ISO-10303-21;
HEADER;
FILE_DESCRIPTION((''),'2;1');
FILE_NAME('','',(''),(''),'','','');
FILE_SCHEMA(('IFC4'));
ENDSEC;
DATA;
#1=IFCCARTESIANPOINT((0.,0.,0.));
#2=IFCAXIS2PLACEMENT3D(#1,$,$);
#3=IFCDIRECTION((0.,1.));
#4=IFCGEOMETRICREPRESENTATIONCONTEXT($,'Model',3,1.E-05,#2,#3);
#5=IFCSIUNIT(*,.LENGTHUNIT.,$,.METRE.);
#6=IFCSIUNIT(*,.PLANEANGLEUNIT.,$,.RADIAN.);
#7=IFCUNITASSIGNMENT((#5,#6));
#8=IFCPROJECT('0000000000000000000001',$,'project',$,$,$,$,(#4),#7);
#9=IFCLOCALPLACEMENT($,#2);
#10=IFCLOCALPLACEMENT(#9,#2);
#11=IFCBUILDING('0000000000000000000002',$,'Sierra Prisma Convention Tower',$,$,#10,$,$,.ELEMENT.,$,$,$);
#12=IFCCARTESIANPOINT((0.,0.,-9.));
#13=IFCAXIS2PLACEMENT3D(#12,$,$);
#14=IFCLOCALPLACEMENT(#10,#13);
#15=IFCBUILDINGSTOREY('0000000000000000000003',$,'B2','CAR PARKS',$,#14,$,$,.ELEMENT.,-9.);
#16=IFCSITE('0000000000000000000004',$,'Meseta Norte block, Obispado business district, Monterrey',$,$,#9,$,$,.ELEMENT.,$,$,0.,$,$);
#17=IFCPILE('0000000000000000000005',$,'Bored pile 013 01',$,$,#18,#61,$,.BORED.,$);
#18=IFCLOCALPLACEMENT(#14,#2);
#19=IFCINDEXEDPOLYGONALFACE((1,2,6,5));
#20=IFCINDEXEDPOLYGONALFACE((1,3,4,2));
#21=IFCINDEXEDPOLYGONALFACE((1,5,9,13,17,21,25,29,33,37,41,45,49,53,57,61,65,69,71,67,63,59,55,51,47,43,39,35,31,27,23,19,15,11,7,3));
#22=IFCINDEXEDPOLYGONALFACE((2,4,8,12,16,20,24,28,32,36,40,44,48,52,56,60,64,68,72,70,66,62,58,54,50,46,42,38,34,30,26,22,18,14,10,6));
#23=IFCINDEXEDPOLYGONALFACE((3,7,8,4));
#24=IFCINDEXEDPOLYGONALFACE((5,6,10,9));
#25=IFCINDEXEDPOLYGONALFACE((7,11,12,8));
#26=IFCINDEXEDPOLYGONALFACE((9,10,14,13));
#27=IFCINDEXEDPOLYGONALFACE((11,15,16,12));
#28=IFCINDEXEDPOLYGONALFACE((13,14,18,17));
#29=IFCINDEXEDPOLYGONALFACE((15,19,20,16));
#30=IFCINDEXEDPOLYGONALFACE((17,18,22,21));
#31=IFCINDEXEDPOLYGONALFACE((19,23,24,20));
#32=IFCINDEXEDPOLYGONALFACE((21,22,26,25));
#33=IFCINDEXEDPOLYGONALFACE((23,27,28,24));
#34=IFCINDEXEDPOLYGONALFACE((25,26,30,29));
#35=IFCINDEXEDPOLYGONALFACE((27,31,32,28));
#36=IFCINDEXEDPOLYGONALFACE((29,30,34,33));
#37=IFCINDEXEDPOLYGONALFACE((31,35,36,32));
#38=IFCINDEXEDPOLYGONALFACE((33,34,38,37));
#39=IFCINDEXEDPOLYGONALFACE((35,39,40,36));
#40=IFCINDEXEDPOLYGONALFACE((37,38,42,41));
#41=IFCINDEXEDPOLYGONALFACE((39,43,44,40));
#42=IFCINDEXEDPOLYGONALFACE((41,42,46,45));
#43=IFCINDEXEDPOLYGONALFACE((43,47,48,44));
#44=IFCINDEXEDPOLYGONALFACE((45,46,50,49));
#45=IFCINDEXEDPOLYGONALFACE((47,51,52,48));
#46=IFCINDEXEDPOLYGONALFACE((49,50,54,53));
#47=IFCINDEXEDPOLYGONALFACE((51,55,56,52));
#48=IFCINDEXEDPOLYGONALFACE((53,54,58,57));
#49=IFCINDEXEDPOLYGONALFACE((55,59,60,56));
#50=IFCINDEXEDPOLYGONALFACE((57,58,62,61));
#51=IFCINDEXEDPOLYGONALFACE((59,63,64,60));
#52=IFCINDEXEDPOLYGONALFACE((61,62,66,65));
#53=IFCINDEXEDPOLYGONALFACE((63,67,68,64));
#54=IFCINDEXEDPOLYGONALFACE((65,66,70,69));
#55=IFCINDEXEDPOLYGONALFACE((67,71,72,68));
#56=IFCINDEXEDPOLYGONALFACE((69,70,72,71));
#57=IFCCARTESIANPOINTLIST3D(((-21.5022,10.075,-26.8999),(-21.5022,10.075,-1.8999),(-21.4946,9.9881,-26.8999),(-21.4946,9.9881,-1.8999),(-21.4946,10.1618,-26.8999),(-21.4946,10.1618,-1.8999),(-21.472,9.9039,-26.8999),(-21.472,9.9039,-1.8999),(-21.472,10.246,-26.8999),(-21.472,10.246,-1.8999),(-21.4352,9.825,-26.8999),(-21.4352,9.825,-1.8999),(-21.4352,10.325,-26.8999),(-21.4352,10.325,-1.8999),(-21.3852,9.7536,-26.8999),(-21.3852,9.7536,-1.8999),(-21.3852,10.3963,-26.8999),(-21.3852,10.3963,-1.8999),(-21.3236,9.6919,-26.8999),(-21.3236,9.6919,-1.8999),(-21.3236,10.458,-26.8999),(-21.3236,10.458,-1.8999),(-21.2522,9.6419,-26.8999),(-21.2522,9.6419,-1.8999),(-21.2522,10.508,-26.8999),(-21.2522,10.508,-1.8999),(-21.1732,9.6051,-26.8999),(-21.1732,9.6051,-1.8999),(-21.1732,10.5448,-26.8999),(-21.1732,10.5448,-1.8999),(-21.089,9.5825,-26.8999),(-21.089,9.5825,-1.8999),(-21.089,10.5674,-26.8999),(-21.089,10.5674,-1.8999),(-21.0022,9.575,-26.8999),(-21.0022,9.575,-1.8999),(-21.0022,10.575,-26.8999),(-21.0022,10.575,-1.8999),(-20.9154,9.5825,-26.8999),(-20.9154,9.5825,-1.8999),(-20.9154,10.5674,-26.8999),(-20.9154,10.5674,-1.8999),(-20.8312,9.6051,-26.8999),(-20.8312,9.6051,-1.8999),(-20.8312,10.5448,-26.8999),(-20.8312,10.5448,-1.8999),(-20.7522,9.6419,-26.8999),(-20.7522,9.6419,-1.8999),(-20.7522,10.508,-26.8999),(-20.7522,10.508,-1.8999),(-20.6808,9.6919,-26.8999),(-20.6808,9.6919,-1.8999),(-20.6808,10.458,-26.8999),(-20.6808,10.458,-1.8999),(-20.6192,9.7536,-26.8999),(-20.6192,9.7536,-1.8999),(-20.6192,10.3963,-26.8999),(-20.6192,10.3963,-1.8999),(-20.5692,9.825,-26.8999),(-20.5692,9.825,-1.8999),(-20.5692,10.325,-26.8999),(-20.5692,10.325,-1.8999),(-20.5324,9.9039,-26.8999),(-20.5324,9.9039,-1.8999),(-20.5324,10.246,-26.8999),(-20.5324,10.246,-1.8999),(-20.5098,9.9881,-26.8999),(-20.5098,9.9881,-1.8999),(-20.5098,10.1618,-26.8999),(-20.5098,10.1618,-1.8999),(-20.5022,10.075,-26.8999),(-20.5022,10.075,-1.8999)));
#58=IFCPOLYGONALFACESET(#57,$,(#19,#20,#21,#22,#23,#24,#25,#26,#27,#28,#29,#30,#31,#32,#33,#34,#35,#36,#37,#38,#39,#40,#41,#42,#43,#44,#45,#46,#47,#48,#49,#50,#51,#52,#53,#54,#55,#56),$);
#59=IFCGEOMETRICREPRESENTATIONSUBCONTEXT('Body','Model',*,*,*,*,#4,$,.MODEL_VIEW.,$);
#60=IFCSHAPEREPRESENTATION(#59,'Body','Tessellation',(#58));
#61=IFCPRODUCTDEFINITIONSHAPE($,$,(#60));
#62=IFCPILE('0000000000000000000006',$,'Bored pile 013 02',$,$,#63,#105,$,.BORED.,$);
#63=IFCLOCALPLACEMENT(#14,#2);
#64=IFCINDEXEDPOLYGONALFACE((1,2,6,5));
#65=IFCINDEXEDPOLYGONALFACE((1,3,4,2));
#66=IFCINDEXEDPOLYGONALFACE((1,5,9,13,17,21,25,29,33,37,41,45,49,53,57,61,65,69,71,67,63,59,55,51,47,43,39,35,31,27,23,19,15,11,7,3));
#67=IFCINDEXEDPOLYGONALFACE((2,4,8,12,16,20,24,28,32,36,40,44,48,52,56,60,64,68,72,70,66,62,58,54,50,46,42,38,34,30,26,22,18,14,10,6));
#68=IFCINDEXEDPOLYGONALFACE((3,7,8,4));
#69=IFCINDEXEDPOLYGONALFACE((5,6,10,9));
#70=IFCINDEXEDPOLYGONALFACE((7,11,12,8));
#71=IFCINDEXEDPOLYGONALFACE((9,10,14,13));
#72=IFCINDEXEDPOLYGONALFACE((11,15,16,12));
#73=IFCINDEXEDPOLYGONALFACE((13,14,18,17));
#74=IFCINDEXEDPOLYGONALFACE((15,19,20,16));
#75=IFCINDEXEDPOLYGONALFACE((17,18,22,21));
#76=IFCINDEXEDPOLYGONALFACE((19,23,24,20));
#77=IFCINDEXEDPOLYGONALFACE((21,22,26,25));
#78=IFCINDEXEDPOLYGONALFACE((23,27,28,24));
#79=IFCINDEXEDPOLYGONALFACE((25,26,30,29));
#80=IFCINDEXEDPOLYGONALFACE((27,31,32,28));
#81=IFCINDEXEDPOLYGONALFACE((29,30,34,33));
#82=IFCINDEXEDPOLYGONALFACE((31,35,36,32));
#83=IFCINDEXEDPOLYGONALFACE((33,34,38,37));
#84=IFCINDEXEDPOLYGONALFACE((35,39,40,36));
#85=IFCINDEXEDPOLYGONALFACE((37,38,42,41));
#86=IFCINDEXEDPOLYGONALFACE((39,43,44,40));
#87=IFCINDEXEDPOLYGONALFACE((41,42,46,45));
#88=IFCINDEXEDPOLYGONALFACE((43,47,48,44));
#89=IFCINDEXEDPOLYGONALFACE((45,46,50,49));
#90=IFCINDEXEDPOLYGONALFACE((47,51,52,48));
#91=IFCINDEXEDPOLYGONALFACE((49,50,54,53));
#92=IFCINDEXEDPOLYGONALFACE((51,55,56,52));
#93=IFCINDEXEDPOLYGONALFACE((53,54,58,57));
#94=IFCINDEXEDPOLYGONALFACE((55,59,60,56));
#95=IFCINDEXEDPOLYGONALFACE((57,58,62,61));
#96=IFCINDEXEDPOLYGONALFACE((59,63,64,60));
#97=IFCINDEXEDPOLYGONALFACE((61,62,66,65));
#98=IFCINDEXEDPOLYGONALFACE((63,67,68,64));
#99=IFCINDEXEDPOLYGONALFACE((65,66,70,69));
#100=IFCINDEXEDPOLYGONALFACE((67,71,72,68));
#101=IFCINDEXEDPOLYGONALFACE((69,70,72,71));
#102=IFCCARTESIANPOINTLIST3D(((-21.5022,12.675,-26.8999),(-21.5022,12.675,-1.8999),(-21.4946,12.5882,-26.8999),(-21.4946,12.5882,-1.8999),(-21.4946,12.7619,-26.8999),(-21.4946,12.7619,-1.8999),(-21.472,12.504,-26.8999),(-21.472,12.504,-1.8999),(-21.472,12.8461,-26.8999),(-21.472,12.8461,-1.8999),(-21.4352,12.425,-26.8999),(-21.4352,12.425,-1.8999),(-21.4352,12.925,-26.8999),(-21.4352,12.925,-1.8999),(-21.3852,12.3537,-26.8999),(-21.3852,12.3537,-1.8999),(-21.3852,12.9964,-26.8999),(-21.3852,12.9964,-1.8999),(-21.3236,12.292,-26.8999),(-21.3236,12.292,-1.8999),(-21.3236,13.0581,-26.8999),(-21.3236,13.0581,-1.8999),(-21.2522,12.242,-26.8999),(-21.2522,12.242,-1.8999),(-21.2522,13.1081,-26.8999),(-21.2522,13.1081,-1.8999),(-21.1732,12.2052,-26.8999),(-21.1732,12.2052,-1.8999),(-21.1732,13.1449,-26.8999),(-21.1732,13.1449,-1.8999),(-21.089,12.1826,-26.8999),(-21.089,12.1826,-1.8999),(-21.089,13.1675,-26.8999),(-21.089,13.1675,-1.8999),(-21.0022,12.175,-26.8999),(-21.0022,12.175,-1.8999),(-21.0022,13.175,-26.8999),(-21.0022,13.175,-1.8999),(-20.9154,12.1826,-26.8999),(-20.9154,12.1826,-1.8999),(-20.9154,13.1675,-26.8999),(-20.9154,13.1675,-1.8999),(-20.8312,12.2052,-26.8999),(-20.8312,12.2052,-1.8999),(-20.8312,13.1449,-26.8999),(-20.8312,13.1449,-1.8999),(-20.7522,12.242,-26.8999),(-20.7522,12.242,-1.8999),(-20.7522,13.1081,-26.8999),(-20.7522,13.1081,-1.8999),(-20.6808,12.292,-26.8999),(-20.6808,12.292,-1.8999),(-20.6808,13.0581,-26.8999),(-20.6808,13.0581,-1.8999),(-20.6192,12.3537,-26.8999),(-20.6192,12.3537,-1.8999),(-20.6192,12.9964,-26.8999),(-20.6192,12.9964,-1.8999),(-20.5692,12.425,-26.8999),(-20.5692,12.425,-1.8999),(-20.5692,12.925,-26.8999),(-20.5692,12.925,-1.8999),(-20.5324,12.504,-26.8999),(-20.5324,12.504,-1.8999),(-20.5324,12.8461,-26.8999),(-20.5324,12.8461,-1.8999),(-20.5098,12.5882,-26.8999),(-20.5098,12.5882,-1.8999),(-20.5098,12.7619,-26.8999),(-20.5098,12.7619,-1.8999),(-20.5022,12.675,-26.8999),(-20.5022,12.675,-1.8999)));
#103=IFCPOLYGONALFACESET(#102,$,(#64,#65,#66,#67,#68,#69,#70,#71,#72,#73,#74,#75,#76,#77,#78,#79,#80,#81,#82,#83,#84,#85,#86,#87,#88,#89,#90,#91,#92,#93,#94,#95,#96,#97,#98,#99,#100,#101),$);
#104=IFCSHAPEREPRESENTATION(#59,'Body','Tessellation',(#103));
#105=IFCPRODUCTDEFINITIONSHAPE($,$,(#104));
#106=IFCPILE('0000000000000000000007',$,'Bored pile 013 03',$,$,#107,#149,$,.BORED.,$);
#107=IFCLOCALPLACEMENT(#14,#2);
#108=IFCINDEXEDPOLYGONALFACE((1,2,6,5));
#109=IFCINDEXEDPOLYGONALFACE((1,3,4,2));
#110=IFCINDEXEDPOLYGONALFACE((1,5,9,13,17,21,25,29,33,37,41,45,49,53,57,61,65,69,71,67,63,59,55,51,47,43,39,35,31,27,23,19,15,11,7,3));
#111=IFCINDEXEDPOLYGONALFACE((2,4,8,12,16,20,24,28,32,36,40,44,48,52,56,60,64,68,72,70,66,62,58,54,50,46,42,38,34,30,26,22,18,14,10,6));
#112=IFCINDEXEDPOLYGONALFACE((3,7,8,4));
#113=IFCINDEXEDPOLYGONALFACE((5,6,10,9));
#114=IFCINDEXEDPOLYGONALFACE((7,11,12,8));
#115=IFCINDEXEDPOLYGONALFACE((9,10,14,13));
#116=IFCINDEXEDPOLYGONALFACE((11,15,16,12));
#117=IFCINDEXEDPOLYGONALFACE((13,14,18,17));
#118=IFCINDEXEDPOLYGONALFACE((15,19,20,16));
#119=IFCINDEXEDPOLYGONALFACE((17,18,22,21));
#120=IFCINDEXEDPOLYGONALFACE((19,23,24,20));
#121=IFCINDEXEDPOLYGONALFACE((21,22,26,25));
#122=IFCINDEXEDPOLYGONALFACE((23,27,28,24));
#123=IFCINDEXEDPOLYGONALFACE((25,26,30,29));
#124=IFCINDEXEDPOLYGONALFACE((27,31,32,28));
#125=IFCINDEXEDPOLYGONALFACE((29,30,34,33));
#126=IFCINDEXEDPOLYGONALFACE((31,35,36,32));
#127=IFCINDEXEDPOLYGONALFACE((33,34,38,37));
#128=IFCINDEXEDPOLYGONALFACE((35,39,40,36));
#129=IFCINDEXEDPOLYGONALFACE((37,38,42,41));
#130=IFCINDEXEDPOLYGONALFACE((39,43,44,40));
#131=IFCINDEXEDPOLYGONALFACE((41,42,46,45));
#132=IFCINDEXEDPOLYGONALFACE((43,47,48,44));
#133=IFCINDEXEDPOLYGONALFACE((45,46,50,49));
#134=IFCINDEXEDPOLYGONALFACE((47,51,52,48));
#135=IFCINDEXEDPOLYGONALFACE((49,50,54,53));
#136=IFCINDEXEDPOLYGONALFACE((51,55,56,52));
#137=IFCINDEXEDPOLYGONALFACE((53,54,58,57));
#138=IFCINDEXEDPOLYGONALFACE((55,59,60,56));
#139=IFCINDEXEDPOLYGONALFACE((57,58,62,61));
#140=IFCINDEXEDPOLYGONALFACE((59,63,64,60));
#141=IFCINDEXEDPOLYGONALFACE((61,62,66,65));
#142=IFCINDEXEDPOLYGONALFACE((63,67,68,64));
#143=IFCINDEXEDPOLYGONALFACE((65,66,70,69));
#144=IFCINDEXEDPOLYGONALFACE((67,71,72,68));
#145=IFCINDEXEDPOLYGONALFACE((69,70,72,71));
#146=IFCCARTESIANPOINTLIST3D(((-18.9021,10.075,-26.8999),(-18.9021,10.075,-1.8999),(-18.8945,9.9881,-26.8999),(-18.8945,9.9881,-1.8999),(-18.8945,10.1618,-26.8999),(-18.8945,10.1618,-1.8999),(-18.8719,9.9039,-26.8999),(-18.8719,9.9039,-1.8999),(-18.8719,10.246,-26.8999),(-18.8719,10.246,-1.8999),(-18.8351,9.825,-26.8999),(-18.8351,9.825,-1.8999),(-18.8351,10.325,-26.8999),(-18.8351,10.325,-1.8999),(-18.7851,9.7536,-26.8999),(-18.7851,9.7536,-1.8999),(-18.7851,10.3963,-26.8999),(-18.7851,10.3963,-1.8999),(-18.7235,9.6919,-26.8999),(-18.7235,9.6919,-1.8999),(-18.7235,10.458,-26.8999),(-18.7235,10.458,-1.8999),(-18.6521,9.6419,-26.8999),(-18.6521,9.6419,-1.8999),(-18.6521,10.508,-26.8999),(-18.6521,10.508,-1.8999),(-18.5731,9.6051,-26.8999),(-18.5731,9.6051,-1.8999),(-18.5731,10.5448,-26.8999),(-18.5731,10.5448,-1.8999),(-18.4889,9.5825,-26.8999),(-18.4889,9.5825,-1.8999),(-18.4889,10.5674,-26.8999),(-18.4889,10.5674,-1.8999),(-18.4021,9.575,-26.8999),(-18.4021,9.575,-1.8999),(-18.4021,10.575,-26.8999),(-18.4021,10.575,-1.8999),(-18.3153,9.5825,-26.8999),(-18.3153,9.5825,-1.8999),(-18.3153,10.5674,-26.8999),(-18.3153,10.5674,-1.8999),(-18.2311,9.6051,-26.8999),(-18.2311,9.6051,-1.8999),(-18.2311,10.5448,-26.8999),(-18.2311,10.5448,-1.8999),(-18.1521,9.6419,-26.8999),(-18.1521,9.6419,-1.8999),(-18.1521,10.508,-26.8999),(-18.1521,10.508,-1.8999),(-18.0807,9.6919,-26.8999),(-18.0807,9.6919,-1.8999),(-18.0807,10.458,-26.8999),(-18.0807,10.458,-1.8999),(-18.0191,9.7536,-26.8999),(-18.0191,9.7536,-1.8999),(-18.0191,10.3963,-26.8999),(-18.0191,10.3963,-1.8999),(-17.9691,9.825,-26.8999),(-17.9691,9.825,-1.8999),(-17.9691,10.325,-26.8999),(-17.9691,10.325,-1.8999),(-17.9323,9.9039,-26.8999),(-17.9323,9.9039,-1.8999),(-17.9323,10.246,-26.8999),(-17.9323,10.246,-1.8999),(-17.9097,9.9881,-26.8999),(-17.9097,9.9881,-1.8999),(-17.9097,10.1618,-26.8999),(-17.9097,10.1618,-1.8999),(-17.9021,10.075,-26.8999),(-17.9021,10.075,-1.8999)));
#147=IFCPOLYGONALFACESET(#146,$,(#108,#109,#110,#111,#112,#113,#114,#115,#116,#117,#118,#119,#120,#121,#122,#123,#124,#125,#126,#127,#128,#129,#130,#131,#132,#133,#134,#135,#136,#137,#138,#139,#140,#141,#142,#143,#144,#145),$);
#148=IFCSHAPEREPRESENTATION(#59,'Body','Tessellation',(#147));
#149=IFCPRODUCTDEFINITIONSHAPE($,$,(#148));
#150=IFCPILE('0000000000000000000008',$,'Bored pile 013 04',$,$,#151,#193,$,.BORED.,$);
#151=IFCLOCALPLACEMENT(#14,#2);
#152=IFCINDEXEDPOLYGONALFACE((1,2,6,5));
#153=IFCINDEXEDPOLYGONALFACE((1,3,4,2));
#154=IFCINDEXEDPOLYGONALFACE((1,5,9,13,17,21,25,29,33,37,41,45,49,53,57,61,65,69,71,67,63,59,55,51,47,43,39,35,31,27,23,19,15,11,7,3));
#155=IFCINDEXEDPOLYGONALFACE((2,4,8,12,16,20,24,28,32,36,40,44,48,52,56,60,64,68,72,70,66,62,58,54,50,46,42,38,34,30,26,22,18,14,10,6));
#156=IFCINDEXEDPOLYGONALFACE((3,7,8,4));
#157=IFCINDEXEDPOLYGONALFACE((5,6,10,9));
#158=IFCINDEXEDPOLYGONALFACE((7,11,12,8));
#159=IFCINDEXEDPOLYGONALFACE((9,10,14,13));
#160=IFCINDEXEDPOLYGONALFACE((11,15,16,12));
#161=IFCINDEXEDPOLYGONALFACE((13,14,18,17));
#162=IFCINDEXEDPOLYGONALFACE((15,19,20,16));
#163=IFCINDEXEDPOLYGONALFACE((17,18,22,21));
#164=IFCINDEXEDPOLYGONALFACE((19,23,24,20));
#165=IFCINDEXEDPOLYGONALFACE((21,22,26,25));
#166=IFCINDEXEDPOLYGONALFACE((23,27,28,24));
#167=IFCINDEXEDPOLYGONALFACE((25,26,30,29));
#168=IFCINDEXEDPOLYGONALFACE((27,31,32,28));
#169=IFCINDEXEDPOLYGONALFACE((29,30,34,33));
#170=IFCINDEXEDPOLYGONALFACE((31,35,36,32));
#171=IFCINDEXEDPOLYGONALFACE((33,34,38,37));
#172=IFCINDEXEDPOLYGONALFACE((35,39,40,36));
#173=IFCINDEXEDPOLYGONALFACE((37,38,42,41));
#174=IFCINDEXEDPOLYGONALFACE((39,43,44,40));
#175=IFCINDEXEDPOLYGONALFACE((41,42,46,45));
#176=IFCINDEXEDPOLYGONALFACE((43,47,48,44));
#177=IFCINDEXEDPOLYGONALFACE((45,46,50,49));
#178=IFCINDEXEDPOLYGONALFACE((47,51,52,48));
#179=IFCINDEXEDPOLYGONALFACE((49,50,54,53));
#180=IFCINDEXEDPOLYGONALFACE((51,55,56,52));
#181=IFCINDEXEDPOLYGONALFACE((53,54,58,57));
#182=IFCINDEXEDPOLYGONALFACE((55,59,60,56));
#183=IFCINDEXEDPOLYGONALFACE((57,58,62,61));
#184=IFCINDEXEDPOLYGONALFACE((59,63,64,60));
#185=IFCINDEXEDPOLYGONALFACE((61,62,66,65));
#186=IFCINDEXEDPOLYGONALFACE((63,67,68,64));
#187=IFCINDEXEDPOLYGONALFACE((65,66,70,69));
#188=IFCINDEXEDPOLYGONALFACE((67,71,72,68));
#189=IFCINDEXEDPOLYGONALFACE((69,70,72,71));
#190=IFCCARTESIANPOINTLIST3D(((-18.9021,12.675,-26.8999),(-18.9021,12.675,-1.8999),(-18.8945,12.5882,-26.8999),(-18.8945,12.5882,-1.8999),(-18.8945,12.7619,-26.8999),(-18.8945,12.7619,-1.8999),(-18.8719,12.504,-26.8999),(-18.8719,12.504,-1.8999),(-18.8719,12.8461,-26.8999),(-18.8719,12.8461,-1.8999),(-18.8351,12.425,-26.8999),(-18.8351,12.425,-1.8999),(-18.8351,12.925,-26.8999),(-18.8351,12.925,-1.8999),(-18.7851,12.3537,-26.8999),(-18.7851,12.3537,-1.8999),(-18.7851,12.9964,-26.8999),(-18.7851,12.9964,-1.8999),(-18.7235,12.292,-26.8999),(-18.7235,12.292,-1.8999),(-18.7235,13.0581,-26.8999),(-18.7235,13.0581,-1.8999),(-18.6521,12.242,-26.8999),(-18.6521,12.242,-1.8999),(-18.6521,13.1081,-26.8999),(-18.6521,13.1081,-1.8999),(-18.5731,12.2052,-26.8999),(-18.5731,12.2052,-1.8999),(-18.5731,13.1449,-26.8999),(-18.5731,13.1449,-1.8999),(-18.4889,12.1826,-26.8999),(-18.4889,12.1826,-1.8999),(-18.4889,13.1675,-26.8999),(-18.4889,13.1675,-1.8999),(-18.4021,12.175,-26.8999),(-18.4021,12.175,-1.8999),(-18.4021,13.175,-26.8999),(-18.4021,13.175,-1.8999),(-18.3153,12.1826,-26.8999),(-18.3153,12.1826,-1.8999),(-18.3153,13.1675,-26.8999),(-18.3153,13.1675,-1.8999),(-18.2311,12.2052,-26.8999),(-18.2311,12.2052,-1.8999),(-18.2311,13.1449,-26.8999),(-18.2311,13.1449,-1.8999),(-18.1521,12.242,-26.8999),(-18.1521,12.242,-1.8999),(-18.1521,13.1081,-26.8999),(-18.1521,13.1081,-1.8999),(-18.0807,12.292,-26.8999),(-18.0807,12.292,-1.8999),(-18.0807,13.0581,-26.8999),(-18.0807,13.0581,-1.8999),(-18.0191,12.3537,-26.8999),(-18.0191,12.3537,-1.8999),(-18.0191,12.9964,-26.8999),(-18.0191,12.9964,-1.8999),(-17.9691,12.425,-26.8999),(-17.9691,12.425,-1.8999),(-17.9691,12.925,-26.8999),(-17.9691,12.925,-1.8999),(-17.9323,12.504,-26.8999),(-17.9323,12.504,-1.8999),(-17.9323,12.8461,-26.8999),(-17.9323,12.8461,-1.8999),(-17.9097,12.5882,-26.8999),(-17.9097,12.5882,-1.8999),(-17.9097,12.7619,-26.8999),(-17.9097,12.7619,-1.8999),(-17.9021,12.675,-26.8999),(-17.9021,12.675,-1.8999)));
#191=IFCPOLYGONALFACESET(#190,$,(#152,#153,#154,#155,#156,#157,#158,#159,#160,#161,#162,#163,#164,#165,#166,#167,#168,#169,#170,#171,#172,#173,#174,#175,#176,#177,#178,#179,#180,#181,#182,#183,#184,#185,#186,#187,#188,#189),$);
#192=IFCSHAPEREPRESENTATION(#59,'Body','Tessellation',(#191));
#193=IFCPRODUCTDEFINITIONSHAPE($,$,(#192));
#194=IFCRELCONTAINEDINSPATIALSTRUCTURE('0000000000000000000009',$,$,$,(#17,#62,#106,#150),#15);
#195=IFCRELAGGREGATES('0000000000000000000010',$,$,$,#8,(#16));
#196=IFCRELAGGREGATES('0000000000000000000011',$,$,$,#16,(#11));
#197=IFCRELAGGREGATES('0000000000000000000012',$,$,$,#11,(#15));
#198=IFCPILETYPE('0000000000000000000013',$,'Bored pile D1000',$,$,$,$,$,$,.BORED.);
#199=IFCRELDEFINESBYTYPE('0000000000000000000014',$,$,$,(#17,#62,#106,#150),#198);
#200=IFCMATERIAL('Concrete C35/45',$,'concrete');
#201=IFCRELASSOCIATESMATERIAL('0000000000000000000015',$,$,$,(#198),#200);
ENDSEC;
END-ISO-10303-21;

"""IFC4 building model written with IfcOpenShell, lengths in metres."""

from ifc_helpers import new_model, si_unit, direction, frame, origin, origin_2d, place, context, subcontext, project, spatial, circle, extrude, material, material_profile, profile_set, type_object, element, save


model = new_model("IFC4")

# Units and contexts
model_context = context("Model", 3, precision=1e-05, world=origin(), true_north=direction((0.0, 1.0)))
body_context = subcontext(model_context, "Body", "Model", "MODEL_VIEW")
ifc_project = project(units=[si_unit("LENGTHUNIT", "METRE"), si_unit("PLANEANGLEUNIT", "RADIAN")], contexts=[model_context])

# Site, building, storey
site_placement = place(None, origin())
site = spatial("IfcSite", under=ifc_project, at=site_placement, Name="Meseta Norte block, Obispado business district, Monterrey", CompositionType="ELEMENT", RefElevation=0.0)
building_placement = place(site_placement, origin())
building = spatial("IfcBuilding", under=site, at=building_placement, Name="Sierra Prisma Convention Tower", CompositionType="ELEMENT")
storey_placement = place(building_placement, frame((0.0, 0.0, -9.0)))
storey = spatial("IfcBuildingStorey", under=building, at=storey_placement, Name="B2", Description="CAR PARKS", CompositionType="ELEMENT", Elevation=-9.0)

# Piles
ifc_material_1 = material(Name="Concrete C35/45", Category="concrete")
ifc_material_profile_1 = material_profile(ifc_material_1, circle(Radius=0.5, at=origin_2d()), Name="D1000")
ifc_profile_set_1 = profile_set([ifc_material_profile_1], Name="Concrete C35/45")
pile_type_1 = type_object("IfcPileType", Name="Bored pile D1000", PredefinedType="BORED", material=ifc_profile_set_1)
for number, where, z_axis, x_axis, name in (
    (1, (-21.0022, 10.075, -1.8999), (0.0, 0.0, -1.0), (1.0, 0.0, 0.0), "Bored pile 013 01"),
    (2, (-21.0022, 12.675, -1.8999), (0.0, 0.0, -1.0), (1.0, 0.0, 0.0), "Bored pile 013 02"),
    (3, (-18.4021, 10.075, -1.8999), (0.0, 0.0, -1.0), (1.0, 0.0, 0.0), "Bored pile 013 03"),
    (4, (-18.4021, 12.675, -1.8999), (0.0, 0.0, -1.0), (1.0, 0.0, 0.0), "Bored pile 013 04"),
):
    element("IfcPile", number, at=place(storey_placement, frame(where, z_axis=z_axis, x_axis=x_axis)), inside=storey, type_object=pile_type_1, Name=name, PredefinedType="BORED", context=body_context, shape_type="SweptSolid", body=[
        extrude(circle(Radius=0.5, at=origin_2d()), origin(), (0.0, 0.0, 1.0), 25.0),
    ])

save(model, "model.ifc")
